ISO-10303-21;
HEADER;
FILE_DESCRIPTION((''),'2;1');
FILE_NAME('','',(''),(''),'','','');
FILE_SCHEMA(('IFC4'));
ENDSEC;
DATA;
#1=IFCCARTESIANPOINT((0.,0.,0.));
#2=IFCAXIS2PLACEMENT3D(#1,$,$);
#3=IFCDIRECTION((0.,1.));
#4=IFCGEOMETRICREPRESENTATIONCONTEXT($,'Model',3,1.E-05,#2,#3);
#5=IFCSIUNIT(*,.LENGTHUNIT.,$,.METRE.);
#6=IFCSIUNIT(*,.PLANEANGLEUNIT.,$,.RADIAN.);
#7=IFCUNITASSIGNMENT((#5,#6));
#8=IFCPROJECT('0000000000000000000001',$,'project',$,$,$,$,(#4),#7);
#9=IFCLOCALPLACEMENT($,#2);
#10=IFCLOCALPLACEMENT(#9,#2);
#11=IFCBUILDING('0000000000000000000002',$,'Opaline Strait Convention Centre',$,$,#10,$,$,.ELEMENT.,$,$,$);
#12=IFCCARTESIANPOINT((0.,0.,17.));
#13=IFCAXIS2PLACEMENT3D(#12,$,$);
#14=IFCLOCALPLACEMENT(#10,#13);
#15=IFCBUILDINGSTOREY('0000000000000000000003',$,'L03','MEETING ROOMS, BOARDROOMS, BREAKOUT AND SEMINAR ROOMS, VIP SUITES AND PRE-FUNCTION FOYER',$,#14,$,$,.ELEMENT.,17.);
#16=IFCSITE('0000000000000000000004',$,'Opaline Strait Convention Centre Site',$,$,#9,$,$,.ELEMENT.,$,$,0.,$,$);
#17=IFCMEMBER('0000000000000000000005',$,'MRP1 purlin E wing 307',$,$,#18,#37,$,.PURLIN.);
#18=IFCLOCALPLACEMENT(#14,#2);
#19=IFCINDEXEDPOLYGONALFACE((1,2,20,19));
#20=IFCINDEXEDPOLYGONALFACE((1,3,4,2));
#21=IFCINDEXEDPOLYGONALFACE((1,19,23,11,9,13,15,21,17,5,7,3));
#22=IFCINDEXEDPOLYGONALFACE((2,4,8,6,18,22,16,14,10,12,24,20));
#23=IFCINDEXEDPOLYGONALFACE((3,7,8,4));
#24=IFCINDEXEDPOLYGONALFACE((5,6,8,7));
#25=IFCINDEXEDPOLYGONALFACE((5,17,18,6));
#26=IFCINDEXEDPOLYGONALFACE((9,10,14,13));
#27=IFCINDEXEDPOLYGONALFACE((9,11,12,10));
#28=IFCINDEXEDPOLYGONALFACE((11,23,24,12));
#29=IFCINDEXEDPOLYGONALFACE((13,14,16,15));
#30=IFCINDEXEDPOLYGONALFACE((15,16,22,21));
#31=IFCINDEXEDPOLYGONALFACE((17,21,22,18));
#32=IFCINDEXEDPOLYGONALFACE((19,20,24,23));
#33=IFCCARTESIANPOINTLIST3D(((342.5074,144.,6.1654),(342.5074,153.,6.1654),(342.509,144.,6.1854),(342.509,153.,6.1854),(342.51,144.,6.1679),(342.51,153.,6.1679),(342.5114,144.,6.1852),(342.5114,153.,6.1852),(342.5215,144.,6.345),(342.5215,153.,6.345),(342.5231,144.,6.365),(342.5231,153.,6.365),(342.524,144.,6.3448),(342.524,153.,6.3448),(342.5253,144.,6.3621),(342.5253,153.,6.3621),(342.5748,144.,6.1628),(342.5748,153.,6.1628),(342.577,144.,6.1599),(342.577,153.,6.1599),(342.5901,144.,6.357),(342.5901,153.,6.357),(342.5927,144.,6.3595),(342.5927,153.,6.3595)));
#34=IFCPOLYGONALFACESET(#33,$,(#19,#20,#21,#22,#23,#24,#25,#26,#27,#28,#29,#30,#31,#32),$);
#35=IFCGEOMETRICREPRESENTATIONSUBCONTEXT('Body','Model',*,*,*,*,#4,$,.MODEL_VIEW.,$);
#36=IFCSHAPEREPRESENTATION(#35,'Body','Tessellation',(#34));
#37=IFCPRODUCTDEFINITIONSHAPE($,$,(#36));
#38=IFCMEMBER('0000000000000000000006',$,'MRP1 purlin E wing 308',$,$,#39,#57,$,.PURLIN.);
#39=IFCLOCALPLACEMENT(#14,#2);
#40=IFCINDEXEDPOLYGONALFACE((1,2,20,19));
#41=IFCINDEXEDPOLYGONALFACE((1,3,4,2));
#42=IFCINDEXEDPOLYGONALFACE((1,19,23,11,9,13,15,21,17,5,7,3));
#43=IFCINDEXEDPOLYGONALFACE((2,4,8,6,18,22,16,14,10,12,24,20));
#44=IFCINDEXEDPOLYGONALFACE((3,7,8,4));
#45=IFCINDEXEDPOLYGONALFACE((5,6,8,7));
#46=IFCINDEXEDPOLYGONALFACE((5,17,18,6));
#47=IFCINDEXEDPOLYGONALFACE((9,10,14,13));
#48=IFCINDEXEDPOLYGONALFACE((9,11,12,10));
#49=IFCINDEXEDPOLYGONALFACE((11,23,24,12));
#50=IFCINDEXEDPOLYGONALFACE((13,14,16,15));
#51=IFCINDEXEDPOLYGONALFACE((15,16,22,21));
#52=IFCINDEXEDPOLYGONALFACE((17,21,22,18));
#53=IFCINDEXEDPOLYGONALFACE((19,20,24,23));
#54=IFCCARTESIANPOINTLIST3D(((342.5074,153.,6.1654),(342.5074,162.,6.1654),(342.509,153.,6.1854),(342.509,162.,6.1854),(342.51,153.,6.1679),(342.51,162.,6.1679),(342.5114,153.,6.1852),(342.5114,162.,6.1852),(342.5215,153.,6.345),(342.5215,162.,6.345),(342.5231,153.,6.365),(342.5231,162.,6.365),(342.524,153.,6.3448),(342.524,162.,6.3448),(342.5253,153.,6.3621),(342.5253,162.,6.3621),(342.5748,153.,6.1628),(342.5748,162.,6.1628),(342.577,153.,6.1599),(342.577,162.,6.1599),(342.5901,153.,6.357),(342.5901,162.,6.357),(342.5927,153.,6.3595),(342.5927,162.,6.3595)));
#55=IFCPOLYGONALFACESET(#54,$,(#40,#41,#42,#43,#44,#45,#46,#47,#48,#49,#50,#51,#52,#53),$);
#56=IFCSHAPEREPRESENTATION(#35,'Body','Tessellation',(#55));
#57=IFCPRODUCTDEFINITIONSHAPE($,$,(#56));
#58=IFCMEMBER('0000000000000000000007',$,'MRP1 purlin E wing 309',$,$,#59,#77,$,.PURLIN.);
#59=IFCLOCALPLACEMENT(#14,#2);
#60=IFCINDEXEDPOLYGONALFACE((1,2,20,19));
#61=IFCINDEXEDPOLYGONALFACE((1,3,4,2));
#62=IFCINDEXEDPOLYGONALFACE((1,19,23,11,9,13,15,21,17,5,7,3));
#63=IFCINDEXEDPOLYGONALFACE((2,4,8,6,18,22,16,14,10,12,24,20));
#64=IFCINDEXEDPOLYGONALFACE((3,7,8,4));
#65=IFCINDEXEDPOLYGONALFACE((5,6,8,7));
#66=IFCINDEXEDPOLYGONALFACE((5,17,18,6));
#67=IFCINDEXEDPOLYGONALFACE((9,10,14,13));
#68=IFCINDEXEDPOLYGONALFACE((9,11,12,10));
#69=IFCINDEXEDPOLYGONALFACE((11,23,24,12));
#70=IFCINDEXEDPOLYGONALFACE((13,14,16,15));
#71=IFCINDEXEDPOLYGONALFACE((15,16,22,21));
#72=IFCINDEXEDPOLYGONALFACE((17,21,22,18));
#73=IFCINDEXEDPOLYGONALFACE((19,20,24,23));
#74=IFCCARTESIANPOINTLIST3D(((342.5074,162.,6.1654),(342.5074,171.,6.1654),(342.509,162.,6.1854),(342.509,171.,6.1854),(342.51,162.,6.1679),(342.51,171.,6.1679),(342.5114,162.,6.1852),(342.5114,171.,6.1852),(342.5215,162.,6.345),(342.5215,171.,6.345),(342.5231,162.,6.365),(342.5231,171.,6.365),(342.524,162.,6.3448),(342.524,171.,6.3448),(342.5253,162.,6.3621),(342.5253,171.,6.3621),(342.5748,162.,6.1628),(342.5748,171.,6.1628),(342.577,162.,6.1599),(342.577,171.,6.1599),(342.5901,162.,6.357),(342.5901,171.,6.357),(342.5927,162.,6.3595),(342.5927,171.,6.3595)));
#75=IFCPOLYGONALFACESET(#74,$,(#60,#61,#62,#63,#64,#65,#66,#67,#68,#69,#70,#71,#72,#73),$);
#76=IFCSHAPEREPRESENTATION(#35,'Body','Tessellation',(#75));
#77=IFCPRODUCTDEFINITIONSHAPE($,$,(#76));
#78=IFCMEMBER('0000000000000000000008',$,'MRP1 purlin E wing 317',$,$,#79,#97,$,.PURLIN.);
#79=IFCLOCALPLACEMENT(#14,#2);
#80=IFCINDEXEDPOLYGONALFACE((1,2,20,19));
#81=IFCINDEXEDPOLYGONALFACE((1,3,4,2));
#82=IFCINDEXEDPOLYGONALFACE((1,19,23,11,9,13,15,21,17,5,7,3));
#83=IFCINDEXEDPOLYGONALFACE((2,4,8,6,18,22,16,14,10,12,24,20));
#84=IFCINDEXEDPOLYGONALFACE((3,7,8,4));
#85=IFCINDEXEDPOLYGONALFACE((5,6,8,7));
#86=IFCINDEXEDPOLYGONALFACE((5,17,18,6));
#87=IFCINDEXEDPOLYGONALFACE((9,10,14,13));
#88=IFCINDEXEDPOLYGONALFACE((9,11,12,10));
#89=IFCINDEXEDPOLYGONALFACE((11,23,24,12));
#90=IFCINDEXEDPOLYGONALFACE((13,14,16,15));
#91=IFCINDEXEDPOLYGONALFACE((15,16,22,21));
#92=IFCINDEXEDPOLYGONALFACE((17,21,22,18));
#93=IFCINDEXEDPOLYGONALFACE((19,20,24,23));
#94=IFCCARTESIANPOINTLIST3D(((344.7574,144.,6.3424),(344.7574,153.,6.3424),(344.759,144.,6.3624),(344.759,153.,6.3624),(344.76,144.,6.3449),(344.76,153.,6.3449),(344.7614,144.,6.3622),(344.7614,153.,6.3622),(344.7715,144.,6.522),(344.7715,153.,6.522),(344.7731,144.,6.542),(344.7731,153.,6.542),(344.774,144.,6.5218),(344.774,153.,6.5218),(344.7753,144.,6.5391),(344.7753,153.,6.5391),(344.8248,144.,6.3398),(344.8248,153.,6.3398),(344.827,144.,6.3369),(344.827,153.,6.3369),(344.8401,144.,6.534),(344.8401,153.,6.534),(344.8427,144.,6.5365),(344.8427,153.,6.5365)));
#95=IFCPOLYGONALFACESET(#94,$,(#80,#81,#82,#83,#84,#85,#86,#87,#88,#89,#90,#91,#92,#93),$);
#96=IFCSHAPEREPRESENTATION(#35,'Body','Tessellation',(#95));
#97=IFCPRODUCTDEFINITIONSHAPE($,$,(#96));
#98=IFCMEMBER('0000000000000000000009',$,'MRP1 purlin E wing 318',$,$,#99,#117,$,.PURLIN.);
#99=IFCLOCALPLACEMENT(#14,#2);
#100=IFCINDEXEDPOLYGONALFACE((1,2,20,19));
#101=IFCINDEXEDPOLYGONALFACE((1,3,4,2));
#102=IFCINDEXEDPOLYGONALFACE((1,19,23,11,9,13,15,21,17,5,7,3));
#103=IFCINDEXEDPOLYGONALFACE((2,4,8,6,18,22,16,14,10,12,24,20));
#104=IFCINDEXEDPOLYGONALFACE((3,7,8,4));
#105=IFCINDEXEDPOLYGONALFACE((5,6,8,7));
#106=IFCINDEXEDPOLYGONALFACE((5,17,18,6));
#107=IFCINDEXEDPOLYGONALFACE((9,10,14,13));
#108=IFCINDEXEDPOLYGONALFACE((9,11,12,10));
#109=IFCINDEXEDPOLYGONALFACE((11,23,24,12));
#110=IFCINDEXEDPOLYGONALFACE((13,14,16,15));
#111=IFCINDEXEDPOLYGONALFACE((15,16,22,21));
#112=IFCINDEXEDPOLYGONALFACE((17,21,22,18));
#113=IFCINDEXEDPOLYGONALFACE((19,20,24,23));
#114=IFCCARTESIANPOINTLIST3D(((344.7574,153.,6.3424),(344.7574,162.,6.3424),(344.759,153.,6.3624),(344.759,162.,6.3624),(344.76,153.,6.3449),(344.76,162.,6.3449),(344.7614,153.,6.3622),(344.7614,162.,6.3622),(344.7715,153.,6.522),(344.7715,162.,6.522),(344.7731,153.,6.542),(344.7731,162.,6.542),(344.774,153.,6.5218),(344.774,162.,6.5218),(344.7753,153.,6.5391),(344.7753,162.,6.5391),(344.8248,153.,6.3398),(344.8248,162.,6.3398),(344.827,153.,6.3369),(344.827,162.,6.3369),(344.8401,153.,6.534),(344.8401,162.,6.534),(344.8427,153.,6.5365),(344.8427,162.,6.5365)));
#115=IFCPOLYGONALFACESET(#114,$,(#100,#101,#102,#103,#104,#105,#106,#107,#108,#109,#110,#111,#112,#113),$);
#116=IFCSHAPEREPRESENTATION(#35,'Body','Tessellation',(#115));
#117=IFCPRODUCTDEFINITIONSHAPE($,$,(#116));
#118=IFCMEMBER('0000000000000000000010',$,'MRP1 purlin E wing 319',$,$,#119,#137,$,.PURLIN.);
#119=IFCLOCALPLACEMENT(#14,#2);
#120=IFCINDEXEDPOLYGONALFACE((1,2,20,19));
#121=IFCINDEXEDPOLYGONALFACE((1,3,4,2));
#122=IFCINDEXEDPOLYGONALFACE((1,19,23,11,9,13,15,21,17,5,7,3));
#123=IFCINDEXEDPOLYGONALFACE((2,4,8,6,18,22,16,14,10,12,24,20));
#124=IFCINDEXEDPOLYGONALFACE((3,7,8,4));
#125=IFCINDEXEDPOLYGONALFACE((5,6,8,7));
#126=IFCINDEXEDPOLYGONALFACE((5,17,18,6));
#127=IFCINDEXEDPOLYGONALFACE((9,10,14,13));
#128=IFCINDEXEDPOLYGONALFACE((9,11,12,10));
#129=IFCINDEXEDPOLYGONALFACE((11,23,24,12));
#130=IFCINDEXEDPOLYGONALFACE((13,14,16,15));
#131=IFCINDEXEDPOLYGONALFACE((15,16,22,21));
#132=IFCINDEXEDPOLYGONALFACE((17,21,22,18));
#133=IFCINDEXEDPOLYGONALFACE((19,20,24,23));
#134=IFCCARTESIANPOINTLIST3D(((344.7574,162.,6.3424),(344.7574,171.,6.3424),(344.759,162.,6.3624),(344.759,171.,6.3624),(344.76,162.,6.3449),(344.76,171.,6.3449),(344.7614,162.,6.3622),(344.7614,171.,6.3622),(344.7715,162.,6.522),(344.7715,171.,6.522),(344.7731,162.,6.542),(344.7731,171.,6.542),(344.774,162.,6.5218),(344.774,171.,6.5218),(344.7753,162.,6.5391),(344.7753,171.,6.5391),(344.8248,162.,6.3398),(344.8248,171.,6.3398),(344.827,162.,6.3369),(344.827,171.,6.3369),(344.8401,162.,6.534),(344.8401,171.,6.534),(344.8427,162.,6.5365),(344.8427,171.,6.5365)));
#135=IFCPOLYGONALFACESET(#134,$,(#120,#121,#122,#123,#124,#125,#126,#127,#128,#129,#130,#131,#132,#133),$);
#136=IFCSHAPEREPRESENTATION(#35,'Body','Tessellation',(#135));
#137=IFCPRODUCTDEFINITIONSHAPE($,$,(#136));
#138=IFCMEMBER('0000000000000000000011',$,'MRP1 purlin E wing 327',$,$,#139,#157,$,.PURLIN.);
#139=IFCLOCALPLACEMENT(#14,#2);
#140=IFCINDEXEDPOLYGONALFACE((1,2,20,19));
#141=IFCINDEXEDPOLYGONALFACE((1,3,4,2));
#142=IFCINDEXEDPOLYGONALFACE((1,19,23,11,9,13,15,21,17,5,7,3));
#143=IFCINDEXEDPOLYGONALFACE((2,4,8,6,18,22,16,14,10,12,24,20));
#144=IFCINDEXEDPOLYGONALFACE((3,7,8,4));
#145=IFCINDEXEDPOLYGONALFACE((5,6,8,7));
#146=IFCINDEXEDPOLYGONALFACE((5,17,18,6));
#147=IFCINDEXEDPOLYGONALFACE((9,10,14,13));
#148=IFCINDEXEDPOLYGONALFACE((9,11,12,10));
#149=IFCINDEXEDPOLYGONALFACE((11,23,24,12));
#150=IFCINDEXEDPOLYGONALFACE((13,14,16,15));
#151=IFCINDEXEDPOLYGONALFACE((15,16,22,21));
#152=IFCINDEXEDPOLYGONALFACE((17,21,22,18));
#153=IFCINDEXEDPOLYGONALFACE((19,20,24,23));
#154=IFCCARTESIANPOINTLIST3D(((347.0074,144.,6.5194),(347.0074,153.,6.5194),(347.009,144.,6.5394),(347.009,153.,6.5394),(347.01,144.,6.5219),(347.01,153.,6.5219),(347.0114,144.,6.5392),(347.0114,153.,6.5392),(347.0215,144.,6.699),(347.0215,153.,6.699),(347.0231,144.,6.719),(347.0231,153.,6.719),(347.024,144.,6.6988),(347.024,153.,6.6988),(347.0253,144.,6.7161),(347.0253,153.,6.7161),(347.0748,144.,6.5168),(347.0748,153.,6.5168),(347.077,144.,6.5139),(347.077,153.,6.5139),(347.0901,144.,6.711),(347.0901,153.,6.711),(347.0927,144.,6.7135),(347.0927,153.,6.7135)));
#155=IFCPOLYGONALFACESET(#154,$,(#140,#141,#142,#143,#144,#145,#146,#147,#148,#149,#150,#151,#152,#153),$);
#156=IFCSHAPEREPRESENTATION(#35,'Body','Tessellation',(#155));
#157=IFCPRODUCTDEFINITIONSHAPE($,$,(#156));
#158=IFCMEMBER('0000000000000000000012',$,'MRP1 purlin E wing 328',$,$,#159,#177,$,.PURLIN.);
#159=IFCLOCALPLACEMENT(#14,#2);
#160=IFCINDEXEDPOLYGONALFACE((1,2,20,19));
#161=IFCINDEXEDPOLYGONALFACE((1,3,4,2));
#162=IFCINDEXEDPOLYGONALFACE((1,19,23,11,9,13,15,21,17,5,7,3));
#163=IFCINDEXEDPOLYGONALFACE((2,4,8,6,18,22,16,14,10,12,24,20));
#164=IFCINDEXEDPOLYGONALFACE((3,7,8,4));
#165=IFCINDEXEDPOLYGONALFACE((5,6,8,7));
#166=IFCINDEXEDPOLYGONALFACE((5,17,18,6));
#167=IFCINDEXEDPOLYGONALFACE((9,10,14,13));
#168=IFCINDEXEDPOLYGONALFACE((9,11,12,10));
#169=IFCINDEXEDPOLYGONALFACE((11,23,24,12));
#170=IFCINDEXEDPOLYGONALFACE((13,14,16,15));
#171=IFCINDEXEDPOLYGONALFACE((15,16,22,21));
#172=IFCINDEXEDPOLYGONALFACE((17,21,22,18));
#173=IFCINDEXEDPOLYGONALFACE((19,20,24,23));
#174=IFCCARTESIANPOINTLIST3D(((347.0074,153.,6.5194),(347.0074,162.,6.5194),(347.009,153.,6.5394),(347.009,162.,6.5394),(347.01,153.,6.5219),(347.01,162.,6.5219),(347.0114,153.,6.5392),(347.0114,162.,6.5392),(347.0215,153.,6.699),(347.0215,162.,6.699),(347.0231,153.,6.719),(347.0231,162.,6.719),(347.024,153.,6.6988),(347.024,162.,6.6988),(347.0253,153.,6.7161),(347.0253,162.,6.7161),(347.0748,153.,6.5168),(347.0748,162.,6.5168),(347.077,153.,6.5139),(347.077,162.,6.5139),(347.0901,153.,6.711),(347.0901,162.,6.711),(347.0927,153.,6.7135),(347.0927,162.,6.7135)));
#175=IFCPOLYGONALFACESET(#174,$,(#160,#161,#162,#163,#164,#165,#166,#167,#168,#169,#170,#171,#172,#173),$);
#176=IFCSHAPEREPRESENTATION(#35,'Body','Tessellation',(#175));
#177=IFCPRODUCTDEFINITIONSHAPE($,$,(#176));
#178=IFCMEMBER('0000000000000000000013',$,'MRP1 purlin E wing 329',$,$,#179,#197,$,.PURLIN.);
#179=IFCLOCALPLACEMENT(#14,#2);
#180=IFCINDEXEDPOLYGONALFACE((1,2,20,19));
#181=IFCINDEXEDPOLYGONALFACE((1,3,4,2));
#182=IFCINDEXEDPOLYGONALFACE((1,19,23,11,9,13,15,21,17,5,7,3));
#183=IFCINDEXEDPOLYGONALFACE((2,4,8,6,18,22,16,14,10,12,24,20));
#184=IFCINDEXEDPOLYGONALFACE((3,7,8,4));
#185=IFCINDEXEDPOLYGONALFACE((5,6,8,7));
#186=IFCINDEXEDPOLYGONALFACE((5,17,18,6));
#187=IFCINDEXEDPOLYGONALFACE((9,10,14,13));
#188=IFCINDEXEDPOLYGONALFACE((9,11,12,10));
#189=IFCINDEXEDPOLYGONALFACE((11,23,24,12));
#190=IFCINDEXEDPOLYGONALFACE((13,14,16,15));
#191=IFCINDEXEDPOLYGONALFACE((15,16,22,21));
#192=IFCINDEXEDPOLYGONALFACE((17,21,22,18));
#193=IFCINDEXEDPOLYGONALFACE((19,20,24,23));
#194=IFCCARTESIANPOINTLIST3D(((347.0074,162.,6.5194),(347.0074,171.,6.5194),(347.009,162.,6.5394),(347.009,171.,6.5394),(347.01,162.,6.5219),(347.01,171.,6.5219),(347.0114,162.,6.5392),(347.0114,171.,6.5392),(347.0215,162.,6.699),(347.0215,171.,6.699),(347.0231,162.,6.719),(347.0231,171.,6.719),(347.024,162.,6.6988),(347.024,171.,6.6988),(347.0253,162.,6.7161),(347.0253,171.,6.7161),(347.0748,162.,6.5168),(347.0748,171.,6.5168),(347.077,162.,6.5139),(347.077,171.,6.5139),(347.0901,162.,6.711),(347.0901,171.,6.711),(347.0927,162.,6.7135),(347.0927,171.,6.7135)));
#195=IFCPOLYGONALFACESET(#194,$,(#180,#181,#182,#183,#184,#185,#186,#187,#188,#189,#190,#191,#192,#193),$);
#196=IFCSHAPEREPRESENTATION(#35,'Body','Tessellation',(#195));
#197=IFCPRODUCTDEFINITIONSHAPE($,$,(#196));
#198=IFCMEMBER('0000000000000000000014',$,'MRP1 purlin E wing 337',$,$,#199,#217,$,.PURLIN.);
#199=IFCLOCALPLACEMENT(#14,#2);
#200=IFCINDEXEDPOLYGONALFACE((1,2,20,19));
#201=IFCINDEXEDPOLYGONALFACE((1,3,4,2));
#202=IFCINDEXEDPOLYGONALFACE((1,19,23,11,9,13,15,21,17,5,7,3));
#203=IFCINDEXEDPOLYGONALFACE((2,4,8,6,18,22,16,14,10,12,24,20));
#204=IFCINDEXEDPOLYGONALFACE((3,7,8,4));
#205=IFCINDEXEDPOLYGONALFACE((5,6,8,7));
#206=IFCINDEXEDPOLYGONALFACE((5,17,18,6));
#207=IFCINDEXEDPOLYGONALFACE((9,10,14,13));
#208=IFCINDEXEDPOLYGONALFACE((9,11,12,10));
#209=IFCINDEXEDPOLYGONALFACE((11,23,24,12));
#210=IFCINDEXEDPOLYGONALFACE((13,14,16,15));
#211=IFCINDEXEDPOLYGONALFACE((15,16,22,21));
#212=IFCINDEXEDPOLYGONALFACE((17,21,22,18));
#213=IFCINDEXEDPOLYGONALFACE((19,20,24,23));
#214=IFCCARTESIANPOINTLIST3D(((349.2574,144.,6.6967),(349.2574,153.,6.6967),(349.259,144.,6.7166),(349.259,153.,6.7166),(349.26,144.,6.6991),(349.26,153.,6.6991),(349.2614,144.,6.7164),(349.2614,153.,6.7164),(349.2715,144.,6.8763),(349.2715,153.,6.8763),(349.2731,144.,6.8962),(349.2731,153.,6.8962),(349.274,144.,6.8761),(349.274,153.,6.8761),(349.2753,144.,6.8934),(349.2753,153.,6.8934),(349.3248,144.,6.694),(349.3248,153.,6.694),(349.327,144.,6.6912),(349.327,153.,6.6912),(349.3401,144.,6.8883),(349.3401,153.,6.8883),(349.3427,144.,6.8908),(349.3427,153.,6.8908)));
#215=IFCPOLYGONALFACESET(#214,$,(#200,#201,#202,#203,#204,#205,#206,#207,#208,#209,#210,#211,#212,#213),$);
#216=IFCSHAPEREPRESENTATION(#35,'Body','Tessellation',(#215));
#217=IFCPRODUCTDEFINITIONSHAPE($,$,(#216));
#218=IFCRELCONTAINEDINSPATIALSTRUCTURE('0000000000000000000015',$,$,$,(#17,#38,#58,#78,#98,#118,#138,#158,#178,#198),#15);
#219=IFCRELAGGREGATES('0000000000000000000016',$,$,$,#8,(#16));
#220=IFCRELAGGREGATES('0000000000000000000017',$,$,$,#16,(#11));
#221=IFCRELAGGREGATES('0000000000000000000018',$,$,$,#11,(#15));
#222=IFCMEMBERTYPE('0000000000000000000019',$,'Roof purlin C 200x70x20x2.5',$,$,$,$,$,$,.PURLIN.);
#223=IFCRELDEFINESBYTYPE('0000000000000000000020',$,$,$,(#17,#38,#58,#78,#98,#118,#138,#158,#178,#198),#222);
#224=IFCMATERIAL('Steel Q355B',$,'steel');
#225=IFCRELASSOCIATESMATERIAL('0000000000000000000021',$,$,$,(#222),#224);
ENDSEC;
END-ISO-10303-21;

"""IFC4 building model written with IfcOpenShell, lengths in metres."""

from ifc_helpers import new_model, si_unit, direction, frame, origin, place, context, subcontext, project, spatial, polyline, outline, extrude, material, material_profile, profile_set, type_object, element, save


model = new_model("IFC4")

# Units and contexts
model_context = context("Model", 3, precision=1e-05, world=origin(), true_north=direction((0.0, 1.0)))
body_context = subcontext(model_context, "Body", "Model", "MODEL_VIEW")
ifc_project = project(units=[si_unit("LENGTHUNIT", "METRE"), si_unit("PLANEANGLEUNIT", "RADIAN")], contexts=[model_context])

# Site, building, storey
site_placement = place(None, origin())
site = spatial("IfcSite", under=ifc_project, at=site_placement, Name="Opaline Strait Convention Centre Site", CompositionType="ELEMENT", RefElevation=0.0)
building_placement = place(site_placement, origin())
building = spatial("IfcBuilding", under=site, at=building_placement, Name="Opaline Strait Convention Centre", CompositionType="ELEMENT")
storey_placement = place(building_placement, frame((0.0, 0.0, 17.0)))
storey = spatial("IfcBuildingStorey", under=building, at=storey_placement, Name="L03", Description="MEETING ROOMS, BOARDROOMS, BREAKOUT AND SEMINAR ROOMS, VIP SUITES AND PRE-FUNCTION FOYER", CompositionType="ELEMENT", Elevation=17.0)

# Shared definitions
ifc_material_1 = material(Name="Steel Q355B", Category="steel")

# Members
ifc_material_profile_1 = material_profile(ifc_material_1, outline(polyline([(-0.0349, -0.1001), (0.0349, -0.1001), (0.0349, -0.0801), (0.0325, -0.0801), (0.0325, -0.0974), (-0.0325, -0.0974), (-0.0325, 0.0974), (0.0325, 0.0974), (0.0325, 0.0801), (0.0349, 0.0801), (0.0349, 0.1001), (-0.0349, 0.1001), (-0.0349, -0.1001)])), Name="C 200x70x20x2.5")
ifc_profile_set_1 = profile_set([ifc_material_profile_1], Name="Steel Q355B")
member_type_1 = type_object("IfcMemberType", Name="Roof purlin C 200x70x20x2.5", PredefinedType="PURLIN", material=ifc_profile_set_1)
for number, where, z_axis, x_axis, name in (
    (1, (342.55, 144.0, 6.2625), (0.0, 1.0, 0.0), (-0.996917, 0.0, 0.078459), "MRP1 purlin E wing 307"),
    (2, (342.55, 153.0, 6.2625), (0.0, 1.0, 0.0), (-0.996917, 0.0, 0.078459), "MRP1 purlin E wing 308"),
    (3, (342.55, 162.0, 6.2625), (0.0, 1.0, 0.0), (-0.996917, 0.0, 0.078459), "MRP1 purlin E wing 309"),
    (4, (344.8, 144.0, 6.4395), (0.0, 1.0, 0.0), (-0.996917, 0.0, 0.078459), "MRP1 purlin E wing 317"),
    (5, (344.8, 153.0, 6.4395), (0.0, 1.0, 0.0), (-0.996917, 0.0, 0.078459), "MRP1 purlin E wing 318"),
    (6, (344.8, 162.0, 6.4395), (0.0, 1.0, 0.0), (-0.996917, 0.0, 0.078459), "MRP1 purlin E wing 319"),
    (7, (347.05, 144.0, 6.6165), (0.0, 1.0, 0.0), (-0.996917, 0.0, 0.078459), "MRP1 purlin E wing 327"),
    (8, (347.05, 153.0, 6.6165), (0.0, 1.0, 0.0), (-0.996917, 0.0, 0.078459), "MRP1 purlin E wing 328"),
    (9, (347.05, 162.0, 6.6165), (0.0, 1.0, 0.0), (-0.996917, 0.0, 0.078459), "MRP1 purlin E wing 329"),
    (10, (349.3, 144.0, 6.7937), (0.0, 1.0, 0.0), (-0.996917, 0.0, 0.078459), "MRP1 purlin E wing 337"),
):
    element("IfcMember", number, at=place(storey_placement, frame(where, z_axis=z_axis, x_axis=x_axis)), inside=storey, type_object=member_type_1, Name=name, PredefinedType="PURLIN", context=body_context, shape_type="SweptSolid", body=[
        extrude(outline(polyline([(-0.0349, -0.1001), (0.0349, -0.1001), (0.0349, -0.0801), (0.0325, -0.0801), (0.0325, -0.0974), (-0.0325, -0.0974), (-0.0325, 0.0974), (0.0325, 0.0974), (0.0325, 0.0801), (0.0349, 0.0801), (0.0349, 0.1001), (-0.0349, 0.1001), (-0.0349, -0.1001)])), origin(), (0.0, 0.0, 1.0), 9.0),
    ])

save(model, "model.ifc")
